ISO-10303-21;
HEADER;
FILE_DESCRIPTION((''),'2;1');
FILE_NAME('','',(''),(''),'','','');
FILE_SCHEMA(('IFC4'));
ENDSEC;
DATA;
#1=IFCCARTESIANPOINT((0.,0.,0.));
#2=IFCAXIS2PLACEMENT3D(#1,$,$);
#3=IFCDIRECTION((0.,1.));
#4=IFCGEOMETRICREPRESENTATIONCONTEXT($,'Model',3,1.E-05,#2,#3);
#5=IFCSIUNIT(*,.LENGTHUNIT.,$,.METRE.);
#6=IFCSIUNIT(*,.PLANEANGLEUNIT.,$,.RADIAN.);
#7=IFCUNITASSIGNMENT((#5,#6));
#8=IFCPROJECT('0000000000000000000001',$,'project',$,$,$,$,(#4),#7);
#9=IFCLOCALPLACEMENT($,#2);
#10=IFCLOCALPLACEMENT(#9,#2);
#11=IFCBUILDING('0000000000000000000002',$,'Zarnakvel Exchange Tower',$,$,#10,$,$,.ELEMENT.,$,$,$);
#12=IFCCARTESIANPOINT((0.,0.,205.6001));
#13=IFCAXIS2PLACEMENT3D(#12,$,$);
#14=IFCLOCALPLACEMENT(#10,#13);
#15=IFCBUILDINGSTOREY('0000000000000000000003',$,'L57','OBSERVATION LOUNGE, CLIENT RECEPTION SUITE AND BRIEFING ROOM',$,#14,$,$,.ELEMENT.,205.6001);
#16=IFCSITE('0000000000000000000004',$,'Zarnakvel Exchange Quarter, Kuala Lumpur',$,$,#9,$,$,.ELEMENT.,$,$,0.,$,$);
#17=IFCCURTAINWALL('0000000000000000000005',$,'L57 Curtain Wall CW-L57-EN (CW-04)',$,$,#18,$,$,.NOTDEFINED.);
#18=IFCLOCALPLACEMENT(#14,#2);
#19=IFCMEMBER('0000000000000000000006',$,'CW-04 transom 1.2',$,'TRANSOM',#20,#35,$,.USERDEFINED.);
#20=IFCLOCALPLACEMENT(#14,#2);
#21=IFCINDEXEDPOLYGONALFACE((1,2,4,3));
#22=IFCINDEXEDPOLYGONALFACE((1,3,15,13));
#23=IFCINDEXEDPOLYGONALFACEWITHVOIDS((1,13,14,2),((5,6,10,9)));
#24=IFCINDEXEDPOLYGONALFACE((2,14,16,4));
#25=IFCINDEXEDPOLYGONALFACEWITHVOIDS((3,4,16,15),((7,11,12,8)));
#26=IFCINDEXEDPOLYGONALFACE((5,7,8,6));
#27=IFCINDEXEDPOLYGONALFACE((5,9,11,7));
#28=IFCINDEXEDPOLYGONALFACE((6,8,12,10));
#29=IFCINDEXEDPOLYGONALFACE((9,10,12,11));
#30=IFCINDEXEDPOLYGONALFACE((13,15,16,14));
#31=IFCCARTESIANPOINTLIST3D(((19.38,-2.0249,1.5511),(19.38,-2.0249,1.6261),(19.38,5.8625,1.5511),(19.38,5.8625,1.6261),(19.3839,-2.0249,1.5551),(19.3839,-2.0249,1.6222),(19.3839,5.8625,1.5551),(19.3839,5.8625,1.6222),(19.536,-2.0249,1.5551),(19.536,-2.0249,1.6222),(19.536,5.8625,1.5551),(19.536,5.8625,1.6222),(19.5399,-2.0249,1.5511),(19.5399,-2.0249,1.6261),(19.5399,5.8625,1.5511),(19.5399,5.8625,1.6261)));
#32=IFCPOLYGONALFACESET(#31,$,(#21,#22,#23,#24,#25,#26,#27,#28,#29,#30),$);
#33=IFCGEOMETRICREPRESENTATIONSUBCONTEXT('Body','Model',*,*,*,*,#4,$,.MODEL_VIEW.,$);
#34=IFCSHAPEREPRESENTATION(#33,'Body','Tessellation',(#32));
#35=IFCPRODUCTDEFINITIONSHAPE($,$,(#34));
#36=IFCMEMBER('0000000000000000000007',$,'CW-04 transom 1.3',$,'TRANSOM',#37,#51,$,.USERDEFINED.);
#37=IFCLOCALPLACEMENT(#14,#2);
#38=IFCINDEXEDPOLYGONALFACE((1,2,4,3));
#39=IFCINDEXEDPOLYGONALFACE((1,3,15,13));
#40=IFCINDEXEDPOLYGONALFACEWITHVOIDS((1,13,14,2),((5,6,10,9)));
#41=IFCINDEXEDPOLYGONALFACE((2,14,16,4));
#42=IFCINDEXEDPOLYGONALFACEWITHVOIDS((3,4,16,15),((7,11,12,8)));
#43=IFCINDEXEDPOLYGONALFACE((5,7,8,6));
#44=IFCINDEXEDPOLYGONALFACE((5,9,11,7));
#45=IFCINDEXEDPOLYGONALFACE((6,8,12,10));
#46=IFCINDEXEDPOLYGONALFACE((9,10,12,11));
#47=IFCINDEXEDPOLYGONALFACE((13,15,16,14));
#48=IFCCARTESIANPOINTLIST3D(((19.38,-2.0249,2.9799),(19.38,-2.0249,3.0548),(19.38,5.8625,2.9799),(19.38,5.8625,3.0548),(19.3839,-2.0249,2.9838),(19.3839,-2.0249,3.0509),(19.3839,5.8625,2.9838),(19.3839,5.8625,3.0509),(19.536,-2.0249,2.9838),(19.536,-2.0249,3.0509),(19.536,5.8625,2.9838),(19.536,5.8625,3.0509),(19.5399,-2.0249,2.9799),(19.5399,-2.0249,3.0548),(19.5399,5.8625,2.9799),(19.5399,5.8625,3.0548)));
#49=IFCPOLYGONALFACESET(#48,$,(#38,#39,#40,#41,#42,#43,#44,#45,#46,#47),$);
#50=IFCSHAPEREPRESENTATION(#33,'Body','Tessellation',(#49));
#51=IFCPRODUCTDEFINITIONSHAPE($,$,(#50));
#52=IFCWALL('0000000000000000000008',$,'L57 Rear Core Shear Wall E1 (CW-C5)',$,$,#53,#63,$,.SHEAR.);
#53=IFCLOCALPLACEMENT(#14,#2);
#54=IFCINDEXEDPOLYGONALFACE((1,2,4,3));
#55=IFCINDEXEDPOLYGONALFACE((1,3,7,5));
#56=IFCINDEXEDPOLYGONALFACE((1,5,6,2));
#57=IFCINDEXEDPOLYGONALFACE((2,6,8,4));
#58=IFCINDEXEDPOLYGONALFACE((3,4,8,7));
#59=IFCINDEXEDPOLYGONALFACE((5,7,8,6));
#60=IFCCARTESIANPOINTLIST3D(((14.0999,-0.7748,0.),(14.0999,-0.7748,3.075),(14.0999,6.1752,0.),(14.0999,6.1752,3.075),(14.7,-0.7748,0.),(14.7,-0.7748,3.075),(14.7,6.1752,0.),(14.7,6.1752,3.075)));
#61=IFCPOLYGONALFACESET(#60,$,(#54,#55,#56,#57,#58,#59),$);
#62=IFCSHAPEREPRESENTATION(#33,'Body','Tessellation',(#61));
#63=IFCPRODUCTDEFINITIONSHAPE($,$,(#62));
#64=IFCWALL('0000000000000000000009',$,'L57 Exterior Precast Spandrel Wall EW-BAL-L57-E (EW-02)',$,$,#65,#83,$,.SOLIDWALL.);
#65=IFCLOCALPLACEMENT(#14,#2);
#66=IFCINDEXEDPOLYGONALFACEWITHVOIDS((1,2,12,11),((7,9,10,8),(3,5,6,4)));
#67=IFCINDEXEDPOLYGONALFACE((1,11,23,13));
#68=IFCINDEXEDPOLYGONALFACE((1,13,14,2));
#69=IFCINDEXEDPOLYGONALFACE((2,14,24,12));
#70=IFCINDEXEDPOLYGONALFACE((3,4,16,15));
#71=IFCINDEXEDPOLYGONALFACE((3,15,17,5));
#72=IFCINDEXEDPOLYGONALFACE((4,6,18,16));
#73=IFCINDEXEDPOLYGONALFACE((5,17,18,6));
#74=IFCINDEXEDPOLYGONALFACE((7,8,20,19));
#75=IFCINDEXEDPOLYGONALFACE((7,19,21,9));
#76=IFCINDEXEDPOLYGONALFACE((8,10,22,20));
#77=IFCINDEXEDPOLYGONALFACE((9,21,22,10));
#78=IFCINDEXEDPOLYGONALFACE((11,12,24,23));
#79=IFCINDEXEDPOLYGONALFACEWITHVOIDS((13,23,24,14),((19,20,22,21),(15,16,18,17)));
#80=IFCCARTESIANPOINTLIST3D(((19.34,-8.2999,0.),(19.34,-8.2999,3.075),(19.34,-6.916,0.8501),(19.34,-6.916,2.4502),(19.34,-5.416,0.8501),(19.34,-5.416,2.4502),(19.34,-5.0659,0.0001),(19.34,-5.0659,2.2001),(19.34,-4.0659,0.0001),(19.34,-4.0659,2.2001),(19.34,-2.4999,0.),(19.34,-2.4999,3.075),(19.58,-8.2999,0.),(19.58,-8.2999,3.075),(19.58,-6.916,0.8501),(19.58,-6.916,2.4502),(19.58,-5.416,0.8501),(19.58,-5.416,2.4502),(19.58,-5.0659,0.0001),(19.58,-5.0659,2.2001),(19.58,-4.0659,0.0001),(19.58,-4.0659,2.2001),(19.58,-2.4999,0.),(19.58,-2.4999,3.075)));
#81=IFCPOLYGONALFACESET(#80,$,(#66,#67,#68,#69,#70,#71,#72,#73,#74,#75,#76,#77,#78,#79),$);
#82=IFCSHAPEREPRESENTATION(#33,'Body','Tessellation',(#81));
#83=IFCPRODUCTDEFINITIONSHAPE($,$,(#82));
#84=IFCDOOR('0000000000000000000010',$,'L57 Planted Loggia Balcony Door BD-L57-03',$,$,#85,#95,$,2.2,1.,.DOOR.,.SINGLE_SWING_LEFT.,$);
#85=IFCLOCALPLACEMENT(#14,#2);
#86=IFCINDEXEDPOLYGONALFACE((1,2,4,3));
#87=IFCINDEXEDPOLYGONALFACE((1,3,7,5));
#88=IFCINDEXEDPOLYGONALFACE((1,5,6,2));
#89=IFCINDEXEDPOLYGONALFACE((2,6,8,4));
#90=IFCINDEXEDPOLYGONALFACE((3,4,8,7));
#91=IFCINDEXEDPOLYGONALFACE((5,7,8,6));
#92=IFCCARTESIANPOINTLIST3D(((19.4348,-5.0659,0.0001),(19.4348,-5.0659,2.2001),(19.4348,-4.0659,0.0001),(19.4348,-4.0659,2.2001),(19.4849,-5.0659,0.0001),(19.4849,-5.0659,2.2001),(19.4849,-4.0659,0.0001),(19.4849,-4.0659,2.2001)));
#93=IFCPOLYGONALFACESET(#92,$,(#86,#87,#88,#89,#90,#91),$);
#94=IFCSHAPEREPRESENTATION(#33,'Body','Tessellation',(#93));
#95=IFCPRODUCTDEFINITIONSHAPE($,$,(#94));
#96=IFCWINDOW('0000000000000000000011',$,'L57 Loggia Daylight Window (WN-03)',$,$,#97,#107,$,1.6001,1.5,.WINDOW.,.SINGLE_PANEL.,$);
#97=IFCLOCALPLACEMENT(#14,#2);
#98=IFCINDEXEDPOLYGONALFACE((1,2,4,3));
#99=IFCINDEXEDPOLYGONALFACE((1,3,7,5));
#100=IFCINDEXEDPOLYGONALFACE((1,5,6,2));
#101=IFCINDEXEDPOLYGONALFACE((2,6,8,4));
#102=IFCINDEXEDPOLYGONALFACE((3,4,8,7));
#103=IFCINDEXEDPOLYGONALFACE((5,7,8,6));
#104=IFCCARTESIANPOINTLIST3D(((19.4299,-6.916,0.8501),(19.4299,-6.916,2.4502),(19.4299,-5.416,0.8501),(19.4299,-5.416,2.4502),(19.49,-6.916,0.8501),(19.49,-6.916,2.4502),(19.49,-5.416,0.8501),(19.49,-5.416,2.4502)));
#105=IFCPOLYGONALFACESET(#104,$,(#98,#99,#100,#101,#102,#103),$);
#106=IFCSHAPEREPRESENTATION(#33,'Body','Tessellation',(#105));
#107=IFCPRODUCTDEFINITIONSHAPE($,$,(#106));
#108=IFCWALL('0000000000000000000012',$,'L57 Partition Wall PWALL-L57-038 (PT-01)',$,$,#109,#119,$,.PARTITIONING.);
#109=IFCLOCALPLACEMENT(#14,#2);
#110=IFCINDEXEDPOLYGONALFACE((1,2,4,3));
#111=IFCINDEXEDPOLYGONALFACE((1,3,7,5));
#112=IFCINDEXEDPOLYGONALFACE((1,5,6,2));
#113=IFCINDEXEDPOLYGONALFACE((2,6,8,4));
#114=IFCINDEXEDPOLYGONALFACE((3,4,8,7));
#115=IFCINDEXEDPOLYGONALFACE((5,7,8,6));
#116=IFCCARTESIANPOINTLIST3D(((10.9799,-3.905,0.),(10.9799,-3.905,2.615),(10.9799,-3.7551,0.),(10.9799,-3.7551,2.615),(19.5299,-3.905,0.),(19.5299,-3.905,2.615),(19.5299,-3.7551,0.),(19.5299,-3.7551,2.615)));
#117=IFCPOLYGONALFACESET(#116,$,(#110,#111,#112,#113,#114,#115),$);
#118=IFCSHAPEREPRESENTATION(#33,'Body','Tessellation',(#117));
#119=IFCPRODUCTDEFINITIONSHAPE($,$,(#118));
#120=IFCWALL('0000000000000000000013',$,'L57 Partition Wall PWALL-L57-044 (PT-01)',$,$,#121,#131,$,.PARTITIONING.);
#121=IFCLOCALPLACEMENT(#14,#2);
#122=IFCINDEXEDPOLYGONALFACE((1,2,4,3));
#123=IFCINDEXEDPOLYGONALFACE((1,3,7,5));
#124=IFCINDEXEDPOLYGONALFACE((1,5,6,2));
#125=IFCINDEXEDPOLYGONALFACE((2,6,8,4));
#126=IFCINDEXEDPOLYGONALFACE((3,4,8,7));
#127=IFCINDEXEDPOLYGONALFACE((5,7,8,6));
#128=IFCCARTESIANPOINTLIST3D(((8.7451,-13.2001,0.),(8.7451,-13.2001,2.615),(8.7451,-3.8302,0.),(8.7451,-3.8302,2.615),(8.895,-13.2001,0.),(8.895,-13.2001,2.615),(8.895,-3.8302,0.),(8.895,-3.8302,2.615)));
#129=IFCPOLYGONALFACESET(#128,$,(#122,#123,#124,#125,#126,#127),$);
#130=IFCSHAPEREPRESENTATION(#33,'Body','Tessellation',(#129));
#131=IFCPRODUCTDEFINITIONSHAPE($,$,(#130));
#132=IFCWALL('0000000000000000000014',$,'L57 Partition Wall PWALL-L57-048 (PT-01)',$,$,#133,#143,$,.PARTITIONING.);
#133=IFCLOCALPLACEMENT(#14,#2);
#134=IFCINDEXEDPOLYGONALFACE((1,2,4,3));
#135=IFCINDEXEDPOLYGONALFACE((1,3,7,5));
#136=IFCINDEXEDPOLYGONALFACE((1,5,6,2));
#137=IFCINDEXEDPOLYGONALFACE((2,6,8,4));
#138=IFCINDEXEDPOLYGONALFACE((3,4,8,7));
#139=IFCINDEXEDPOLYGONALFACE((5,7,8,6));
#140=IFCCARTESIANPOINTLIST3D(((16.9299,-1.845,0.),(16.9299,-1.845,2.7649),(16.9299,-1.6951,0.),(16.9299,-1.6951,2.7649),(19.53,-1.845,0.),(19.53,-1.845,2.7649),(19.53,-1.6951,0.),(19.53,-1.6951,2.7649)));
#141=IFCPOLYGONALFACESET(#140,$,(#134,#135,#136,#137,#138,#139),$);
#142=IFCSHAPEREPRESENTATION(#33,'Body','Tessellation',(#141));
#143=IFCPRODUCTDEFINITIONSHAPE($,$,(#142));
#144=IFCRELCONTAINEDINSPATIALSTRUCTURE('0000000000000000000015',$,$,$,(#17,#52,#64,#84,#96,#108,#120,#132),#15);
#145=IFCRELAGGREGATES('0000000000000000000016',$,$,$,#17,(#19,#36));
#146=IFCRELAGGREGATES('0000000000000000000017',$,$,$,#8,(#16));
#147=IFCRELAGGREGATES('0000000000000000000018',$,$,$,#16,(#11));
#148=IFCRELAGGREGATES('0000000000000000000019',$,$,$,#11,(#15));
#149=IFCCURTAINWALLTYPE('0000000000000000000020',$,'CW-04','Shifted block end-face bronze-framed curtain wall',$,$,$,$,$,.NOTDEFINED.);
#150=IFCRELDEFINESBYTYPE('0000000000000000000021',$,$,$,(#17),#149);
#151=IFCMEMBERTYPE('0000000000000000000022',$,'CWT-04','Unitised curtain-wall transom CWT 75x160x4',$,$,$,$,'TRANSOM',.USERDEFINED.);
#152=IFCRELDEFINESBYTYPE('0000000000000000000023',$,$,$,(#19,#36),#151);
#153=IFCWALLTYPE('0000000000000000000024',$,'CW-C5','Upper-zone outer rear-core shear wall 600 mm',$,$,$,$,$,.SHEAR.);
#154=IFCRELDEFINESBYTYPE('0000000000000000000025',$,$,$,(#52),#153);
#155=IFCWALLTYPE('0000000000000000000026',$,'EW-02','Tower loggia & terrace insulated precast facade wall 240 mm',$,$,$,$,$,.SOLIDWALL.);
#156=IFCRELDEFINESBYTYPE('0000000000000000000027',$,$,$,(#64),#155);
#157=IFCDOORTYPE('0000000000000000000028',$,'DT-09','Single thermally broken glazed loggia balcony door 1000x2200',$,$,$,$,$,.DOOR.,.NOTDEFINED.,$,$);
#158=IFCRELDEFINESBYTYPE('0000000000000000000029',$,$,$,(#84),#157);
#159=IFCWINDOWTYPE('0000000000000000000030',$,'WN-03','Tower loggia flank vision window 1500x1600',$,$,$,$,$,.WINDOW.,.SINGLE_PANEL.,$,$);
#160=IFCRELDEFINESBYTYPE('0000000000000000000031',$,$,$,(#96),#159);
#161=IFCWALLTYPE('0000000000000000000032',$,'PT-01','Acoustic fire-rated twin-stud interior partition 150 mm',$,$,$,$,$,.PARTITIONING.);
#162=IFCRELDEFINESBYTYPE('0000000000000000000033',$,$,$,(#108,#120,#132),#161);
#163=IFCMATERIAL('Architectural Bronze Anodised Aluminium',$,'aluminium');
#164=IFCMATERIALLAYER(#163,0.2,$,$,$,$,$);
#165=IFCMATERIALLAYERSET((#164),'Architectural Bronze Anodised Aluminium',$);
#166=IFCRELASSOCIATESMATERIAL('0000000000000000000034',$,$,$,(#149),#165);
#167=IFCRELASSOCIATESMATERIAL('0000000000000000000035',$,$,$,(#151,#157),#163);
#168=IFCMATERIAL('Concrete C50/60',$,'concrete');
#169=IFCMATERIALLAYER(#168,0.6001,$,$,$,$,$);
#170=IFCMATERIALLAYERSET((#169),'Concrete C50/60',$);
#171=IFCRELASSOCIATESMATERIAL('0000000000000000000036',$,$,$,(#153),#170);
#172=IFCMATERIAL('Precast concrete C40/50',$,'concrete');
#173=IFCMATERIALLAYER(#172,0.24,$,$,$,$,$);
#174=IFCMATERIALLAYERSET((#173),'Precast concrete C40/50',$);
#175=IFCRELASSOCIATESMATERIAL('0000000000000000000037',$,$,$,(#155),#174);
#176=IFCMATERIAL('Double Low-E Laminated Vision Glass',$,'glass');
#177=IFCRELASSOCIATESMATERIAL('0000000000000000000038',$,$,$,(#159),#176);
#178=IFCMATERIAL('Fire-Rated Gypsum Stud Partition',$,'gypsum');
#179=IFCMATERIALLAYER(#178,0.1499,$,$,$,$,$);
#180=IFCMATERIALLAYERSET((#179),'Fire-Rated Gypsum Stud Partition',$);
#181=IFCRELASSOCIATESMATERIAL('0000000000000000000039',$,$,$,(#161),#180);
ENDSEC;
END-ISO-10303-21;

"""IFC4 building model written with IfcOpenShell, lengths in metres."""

from ifc_helpers import new_model, si_unit, direction, frame, frame_2d, origin, origin_2d, place, context, subcontext, project, spatial, rectangle, hollow_rectangle, extrude, source, transform, mapped, material, layer, layer_set, material_profile, profile_set, type_object, element, fill, aggregate, save


model = new_model("IFC4")

# Units and contexts
model_context = context("Model", 3, precision=1e-05, world=origin(), true_north=direction((0.0, 1.0)))
body_context = subcontext(model_context, "Body", "Model", "MODEL_VIEW")
ifc_project = project(units=[si_unit("LENGTHUNIT", "METRE"), si_unit("PLANEANGLEUNIT", "RADIAN")], contexts=[model_context])

# Site, building, storey
site_placement = place(None, origin())
site = spatial("IfcSite", under=ifc_project, at=site_placement, Name="Zarnakvel Exchange Quarter, Kuala Lumpur", CompositionType="ELEMENT", RefElevation=0.0)
building_placement = place(site_placement, origin())
building = spatial("IfcBuilding", under=site, at=building_placement, Name="Zarnakvel Exchange Tower", CompositionType="ELEMENT")
storey_placement = place(building_placement, frame((0.0, 0.0, 205.6001)))
storey = spatial("IfcBuildingStorey", under=building, at=storey_placement, Name="L57", Description="OBSERVATION LOUNGE, CLIENT RECEPTION SUITE AND BRIEFING ROOM", CompositionType="ELEMENT", Elevation=205.6001)

# Shared definitions
ifc_material_1 = material(Name="Concrete C50/60", Category="concrete")

# Curtain wall, members
ifc_material_2 = material(Name="Architectural Bronze Anodised Aluminium", Category="aluminium")
ifc_layer_1 = layer(ifc_material_2, 0.2)
ifc_layer_set_1 = layer_set([ifc_layer_1], Name="Architectural Bronze Anodised Aluminium")
curtain_wall_type = type_object("IfcCurtainWallType", Name="CW-04", Description="Shifted block end-face bronze-framed curtain wall", PredefinedType="NOTDEFINED", material=ifc_layer_set_1)
curtain_wall_placement = place(storey_placement, origin())
curtain_wall = element("IfcCurtainWall", 1, at=curtain_wall_placement, inside=storey, type_object=curtain_wall_type, Name="L57 Curtain Wall CW-L57-EN (CW-04)", PredefinedType="NOTDEFINED")
ifc_material_profile_1 = material_profile(ifc_material_2, hollow_rectangle(XDim=0.1599, YDim=0.075, WallThickness=0.0039, at=origin_2d()))
ifc_profile_set_1 = profile_set([ifc_material_profile_1], Name="Architectural Bronze Anodised Aluminium")
member_type_1 = type_object("IfcMemberType", Name="CWT-04", Description="Unitised curtain-wall transom CWT 75x160x4", ElementType="TRANSOM", PredefinedType="USERDEFINED", material=ifc_profile_set_1)
shared_shape_1 = source(origin(), body_context, "Body", "SweptSolid", [
    extrude(hollow_rectangle(XDim=0.1599, YDim=0.075, WallThickness=0.0039, at=origin_2d()), origin(), (0.0, 0.0, 1.0), 7.8875),
])
member_1_placement = place(storey_placement, frame((19.46, -2.0249, 1.5886), z_axis=(0.0, 1.0, 0.0), x_axis=(-1.0, 0.0, 0.0)))
member_1 = element("IfcMember", 2, at=member_1_placement, type_object=member_type_1, Name="CW-04 transom 1.2", ObjectType="TRANSOM", PredefinedType="USERDEFINED", context=body_context, shape_type="MappedRepresentation", body=[
    mapped(shared_shape_1, transform((0.0, 0.0, 0.0), x_axis=(1.0, 0.0, 0.0), y_axis=(0.0, 1.0, 0.0), z_axis=(0.0, 0.0, 1.0), scale=1.0)),
])
member_2_placement = place(storey_placement, frame((19.46, -2.0249, 3.0173), z_axis=(0.0, 1.0, 0.0), x_axis=(-1.0, 0.0, 0.0)))
member_2 = element("IfcMember", 3, at=member_2_placement, type_object=member_type_1, Name="CW-04 transom 1.3", ObjectType="TRANSOM", PredefinedType="USERDEFINED", context=body_context, shape_type="MappedRepresentation", body=[
    mapped(shared_shape_1, transform((0.0, 0.0, 0.0), x_axis=(1.0, 0.0, 0.0), y_axis=(0.0, 1.0, 0.0), z_axis=(0.0, 0.0, 1.0), scale=1.0)),
])
aggregate(curtain_wall, [member_1, member_2])

# Wall
ifc_layer_2 = layer(ifc_material_1, 0.6001)
ifc_layer_set_2 = layer_set([ifc_layer_2], Name="Concrete C50/60")
wall_type_1 = type_object("IfcWallType", Name="CW-C5", Description="Upper-zone outer rear-core shear wall 600 mm", PredefinedType="SHEAR", material=ifc_layer_set_2)
wall_1_placement = place(storey_placement, frame((14.3999, -0.7749, 0.0), z_axis=(0.0, 0.0, 1.0), x_axis=(0.0, 1.0, 0.0)))
element("IfcWall", 4, at=wall_1_placement, inside=storey, type_object=wall_type_1, Name="L57 Rear Core Shear Wall E1 (CW-C5)", PredefinedType="SHEAR", context=body_context, shape_type="SweptSolid", body=[
    extrude(rectangle(XDim=6.95, YDim=0.6001, at=frame_2d((3.4751, 0.0))), origin(), (0.0, 0.0, 1.0), 3.075),
])

# Wall, openings, door, window
ifc_material_3 = material(Name="Precast concrete C40/50", Category="concrete")
ifc_layer_3 = layer(ifc_material_3, 0.24)
ifc_layer_set_3 = layer_set([ifc_layer_3], Name="Precast concrete C40/50")
wall_type_2 = type_object("IfcWallType", Name="EW-02", Description="Tower loggia & terrace insulated precast facade wall 240 mm", PredefinedType="SOLIDWALL", material=ifc_layer_set_3)
wall_2_placement = place(storey_placement, frame((19.46, -2.5, 0.0), z_axis=(0.0, 0.0, 1.0), x_axis=(0.0, -1.0, 0.0)))
wall_2 = element("IfcWall", 5, at=wall_2_placement, inside=storey, type_object=wall_type_2, Name="L57 Exterior Precast Spandrel Wall EW-BAL-L57-E (EW-02)", PredefinedType="SOLIDWALL", context=body_context, shape_type="SweptSolid", body=[
    extrude(rectangle(XDim=5.8, YDim=0.24, at=frame_2d((2.8999, 0.0))), origin(), (0.0, 0.0, 1.0), 3.075),
])
opening_1_placement = place(wall_2_placement, frame((1.5659, 0.0, 0.0)))
opening_1 = element("IfcOpeningElement", 6, at=opening_1_placement, cuts=wall_2, PredefinedType="OPENING", context=body_context, shape_type="SweptSolid", body=[
    extrude(rectangle(XDim=1.0, YDim=2.2, at=frame_2d((0.5, 1.1001))), frame((0.0, 0.1299, 0.0), z_axis=(0.0, -1.0, 0.0), x_axis=(1.0, 0.0, 0.0)), (0.0, 0.0, 1.0), 0.26),
])
opening_2_placement = place(wall_2_placement, frame((2.916, 0.0, 0.8501)))
opening_2 = element("IfcOpeningElement", 7, at=opening_2_placement, cuts=wall_2, PredefinedType="OPENING", context=body_context, shape_type="SweptSolid", body=[
    extrude(rectangle(XDim=1.5, YDim=1.6001, at=frame_2d((0.75, 0.8))), frame((0.0, 0.1299, 0.0), z_axis=(0.0, -1.0, 0.0), x_axis=(1.0, 0.0, 0.0)), (0.0, 0.0, 1.0), 0.26),
])
door_type_1 = type_object("IfcDoorType", Name="DT-09", Description="Single thermally broken glazed loggia balcony door 1000x2200", OperationType="NOTDEFINED", PredefinedType="DOOR", material=ifc_material_2)
shared_shape_2 = source(origin(), body_context, "Body", "SweptSolid", [
    extrude(rectangle(XDim=1.0, YDim=2.2, at=frame_2d((0.5, 1.1001))), frame((0.0, 0.0249, 0.0), z_axis=(0.0, -1.0, 0.0), x_axis=(1.0, 0.0, 0.0)), (0.0, 0.0, 1.0), 0.05),
])
door_1_placement = place(opening_1_placement, origin())
door_1 = element("IfcDoor", 8, at=door_1_placement, inside=storey, type_object=door_type_1, Name="L57 Planted Loggia Balcony Door BD-L57-03", OperationType="SINGLE_SWING_LEFT", OverallHeight=2.2, OverallWidth=1.0, PredefinedType="DOOR", context=body_context, shape_type="MappedRepresentation", body=[
    mapped(shared_shape_2, transform((0.0, 0.0, 0.0), x_axis=(1.0, 0.0, 0.0), y_axis=(0.0, 1.0, 0.0), z_axis=(0.0, 0.0, 1.0), scale=1.0)),
])
fill(opening_1, door_1)
ifc_material_4 = material(Name="Double Low-E Laminated Vision Glass", Category="glass")
window_type = type_object("IfcWindowType", Name="WN-03", Description="Tower loggia flank vision window 1500x1600", PartitioningType="SINGLE_PANEL", PredefinedType="WINDOW", material=ifc_material_4)
shared_shape_3 = source(origin(), body_context, "Body", "SweptSolid", [
    extrude(rectangle(XDim=1.5, YDim=1.6001, at=frame_2d((0.75, 0.8))), frame((0.0, 0.03, 0.0), z_axis=(0.0, -1.0, 0.0), x_axis=(1.0, 0.0, 0.0)), (0.0, 0.0, 1.0), 0.0601),
])
window_placement = place(opening_2_placement, origin())
window = element("IfcWindow", 9, at=window_placement, inside=storey, type_object=window_type, Name="L57 Loggia Daylight Window (WN-03)", OverallHeight=1.6001, OverallWidth=1.5, PartitioningType="SINGLE_PANEL", PredefinedType="WINDOW", context=body_context, shape_type="MappedRepresentation", body=[
    mapped(shared_shape_3, transform((0.0, 0.0, 0.0), x_axis=(1.0, 0.0, 0.0), y_axis=(0.0, 1.0, 0.0), z_axis=(0.0, 0.0, 1.0), scale=1.0)),
])
fill(opening_2, window)

# Walls
ifc_material_5 = material(Name="Fire-Rated Gypsum Stud Partition", Category="gypsum")
ifc_layer_4 = layer(ifc_material_5, 0.1499)
ifc_layer_set_4 = layer_set([ifc_layer_4], Name="Fire-Rated Gypsum Stud Partition")
wall_type_3 = type_object("IfcWallType", Name="PT-01", Description="Acoustic fire-rated twin-stud interior partition 150 mm", PredefinedType="PARTITIONING", material=ifc_layer_set_4)
wall_3_placement = place(storey_placement, frame((10.98, -3.8301, 0.0), z_axis=(0.0, 0.0, 1.0), x_axis=(1.0, 0.0, 0.0)))
element("IfcWall", 10, at=wall_3_placement, inside=storey, type_object=wall_type_3, Name="L57 Partition Wall PWALL-L57-038 (PT-01)", PredefinedType="PARTITIONING", context=body_context, shape_type="SweptSolid", body=[
    extrude(rectangle(XDim=8.55, YDim=0.1499, at=frame_2d((4.2749, 0.0))), origin(), (0.0, 0.0, 1.0), 2.615),
])
wall_4_placement = place(storey_placement, frame((8.8201, -3.8301, 0.0), z_axis=(0.0, 0.0, 1.0), x_axis=(0.0, -1.0, 0.0)))
element("IfcWall", 11, at=wall_4_placement, inside=storey, type_object=wall_type_3, Name="L57 Partition Wall PWALL-L57-044 (PT-01)", PredefinedType="PARTITIONING", context=body_context, shape_type="SweptSolid", body=[
    extrude(rectangle(XDim=9.3699, YDim=0.1499, at=frame_2d((4.6851, 0.0))), origin(), (0.0, 0.0, 1.0), 2.615),
])
wall_5_placement = place(storey_placement, frame((19.53, -1.77, 0.0), z_axis=(0.0, 0.0, 1.0), x_axis=(-1.0, 0.0, 0.0)))
element("IfcWall", 12, at=wall_5_placement, inside=storey, type_object=wall_type_3, Name="L57 Partition Wall PWALL-L57-048 (PT-01)", PredefinedType="PARTITIONING", context=body_context, shape_type="SweptSolid", body=[
    extrude(rectangle(XDim=2.6001, YDim=0.1499, at=frame_2d((1.3, 0.0))), origin(), (0.0, 0.0, 1.0), 2.7649),
])

save(model, "model.ifc")
